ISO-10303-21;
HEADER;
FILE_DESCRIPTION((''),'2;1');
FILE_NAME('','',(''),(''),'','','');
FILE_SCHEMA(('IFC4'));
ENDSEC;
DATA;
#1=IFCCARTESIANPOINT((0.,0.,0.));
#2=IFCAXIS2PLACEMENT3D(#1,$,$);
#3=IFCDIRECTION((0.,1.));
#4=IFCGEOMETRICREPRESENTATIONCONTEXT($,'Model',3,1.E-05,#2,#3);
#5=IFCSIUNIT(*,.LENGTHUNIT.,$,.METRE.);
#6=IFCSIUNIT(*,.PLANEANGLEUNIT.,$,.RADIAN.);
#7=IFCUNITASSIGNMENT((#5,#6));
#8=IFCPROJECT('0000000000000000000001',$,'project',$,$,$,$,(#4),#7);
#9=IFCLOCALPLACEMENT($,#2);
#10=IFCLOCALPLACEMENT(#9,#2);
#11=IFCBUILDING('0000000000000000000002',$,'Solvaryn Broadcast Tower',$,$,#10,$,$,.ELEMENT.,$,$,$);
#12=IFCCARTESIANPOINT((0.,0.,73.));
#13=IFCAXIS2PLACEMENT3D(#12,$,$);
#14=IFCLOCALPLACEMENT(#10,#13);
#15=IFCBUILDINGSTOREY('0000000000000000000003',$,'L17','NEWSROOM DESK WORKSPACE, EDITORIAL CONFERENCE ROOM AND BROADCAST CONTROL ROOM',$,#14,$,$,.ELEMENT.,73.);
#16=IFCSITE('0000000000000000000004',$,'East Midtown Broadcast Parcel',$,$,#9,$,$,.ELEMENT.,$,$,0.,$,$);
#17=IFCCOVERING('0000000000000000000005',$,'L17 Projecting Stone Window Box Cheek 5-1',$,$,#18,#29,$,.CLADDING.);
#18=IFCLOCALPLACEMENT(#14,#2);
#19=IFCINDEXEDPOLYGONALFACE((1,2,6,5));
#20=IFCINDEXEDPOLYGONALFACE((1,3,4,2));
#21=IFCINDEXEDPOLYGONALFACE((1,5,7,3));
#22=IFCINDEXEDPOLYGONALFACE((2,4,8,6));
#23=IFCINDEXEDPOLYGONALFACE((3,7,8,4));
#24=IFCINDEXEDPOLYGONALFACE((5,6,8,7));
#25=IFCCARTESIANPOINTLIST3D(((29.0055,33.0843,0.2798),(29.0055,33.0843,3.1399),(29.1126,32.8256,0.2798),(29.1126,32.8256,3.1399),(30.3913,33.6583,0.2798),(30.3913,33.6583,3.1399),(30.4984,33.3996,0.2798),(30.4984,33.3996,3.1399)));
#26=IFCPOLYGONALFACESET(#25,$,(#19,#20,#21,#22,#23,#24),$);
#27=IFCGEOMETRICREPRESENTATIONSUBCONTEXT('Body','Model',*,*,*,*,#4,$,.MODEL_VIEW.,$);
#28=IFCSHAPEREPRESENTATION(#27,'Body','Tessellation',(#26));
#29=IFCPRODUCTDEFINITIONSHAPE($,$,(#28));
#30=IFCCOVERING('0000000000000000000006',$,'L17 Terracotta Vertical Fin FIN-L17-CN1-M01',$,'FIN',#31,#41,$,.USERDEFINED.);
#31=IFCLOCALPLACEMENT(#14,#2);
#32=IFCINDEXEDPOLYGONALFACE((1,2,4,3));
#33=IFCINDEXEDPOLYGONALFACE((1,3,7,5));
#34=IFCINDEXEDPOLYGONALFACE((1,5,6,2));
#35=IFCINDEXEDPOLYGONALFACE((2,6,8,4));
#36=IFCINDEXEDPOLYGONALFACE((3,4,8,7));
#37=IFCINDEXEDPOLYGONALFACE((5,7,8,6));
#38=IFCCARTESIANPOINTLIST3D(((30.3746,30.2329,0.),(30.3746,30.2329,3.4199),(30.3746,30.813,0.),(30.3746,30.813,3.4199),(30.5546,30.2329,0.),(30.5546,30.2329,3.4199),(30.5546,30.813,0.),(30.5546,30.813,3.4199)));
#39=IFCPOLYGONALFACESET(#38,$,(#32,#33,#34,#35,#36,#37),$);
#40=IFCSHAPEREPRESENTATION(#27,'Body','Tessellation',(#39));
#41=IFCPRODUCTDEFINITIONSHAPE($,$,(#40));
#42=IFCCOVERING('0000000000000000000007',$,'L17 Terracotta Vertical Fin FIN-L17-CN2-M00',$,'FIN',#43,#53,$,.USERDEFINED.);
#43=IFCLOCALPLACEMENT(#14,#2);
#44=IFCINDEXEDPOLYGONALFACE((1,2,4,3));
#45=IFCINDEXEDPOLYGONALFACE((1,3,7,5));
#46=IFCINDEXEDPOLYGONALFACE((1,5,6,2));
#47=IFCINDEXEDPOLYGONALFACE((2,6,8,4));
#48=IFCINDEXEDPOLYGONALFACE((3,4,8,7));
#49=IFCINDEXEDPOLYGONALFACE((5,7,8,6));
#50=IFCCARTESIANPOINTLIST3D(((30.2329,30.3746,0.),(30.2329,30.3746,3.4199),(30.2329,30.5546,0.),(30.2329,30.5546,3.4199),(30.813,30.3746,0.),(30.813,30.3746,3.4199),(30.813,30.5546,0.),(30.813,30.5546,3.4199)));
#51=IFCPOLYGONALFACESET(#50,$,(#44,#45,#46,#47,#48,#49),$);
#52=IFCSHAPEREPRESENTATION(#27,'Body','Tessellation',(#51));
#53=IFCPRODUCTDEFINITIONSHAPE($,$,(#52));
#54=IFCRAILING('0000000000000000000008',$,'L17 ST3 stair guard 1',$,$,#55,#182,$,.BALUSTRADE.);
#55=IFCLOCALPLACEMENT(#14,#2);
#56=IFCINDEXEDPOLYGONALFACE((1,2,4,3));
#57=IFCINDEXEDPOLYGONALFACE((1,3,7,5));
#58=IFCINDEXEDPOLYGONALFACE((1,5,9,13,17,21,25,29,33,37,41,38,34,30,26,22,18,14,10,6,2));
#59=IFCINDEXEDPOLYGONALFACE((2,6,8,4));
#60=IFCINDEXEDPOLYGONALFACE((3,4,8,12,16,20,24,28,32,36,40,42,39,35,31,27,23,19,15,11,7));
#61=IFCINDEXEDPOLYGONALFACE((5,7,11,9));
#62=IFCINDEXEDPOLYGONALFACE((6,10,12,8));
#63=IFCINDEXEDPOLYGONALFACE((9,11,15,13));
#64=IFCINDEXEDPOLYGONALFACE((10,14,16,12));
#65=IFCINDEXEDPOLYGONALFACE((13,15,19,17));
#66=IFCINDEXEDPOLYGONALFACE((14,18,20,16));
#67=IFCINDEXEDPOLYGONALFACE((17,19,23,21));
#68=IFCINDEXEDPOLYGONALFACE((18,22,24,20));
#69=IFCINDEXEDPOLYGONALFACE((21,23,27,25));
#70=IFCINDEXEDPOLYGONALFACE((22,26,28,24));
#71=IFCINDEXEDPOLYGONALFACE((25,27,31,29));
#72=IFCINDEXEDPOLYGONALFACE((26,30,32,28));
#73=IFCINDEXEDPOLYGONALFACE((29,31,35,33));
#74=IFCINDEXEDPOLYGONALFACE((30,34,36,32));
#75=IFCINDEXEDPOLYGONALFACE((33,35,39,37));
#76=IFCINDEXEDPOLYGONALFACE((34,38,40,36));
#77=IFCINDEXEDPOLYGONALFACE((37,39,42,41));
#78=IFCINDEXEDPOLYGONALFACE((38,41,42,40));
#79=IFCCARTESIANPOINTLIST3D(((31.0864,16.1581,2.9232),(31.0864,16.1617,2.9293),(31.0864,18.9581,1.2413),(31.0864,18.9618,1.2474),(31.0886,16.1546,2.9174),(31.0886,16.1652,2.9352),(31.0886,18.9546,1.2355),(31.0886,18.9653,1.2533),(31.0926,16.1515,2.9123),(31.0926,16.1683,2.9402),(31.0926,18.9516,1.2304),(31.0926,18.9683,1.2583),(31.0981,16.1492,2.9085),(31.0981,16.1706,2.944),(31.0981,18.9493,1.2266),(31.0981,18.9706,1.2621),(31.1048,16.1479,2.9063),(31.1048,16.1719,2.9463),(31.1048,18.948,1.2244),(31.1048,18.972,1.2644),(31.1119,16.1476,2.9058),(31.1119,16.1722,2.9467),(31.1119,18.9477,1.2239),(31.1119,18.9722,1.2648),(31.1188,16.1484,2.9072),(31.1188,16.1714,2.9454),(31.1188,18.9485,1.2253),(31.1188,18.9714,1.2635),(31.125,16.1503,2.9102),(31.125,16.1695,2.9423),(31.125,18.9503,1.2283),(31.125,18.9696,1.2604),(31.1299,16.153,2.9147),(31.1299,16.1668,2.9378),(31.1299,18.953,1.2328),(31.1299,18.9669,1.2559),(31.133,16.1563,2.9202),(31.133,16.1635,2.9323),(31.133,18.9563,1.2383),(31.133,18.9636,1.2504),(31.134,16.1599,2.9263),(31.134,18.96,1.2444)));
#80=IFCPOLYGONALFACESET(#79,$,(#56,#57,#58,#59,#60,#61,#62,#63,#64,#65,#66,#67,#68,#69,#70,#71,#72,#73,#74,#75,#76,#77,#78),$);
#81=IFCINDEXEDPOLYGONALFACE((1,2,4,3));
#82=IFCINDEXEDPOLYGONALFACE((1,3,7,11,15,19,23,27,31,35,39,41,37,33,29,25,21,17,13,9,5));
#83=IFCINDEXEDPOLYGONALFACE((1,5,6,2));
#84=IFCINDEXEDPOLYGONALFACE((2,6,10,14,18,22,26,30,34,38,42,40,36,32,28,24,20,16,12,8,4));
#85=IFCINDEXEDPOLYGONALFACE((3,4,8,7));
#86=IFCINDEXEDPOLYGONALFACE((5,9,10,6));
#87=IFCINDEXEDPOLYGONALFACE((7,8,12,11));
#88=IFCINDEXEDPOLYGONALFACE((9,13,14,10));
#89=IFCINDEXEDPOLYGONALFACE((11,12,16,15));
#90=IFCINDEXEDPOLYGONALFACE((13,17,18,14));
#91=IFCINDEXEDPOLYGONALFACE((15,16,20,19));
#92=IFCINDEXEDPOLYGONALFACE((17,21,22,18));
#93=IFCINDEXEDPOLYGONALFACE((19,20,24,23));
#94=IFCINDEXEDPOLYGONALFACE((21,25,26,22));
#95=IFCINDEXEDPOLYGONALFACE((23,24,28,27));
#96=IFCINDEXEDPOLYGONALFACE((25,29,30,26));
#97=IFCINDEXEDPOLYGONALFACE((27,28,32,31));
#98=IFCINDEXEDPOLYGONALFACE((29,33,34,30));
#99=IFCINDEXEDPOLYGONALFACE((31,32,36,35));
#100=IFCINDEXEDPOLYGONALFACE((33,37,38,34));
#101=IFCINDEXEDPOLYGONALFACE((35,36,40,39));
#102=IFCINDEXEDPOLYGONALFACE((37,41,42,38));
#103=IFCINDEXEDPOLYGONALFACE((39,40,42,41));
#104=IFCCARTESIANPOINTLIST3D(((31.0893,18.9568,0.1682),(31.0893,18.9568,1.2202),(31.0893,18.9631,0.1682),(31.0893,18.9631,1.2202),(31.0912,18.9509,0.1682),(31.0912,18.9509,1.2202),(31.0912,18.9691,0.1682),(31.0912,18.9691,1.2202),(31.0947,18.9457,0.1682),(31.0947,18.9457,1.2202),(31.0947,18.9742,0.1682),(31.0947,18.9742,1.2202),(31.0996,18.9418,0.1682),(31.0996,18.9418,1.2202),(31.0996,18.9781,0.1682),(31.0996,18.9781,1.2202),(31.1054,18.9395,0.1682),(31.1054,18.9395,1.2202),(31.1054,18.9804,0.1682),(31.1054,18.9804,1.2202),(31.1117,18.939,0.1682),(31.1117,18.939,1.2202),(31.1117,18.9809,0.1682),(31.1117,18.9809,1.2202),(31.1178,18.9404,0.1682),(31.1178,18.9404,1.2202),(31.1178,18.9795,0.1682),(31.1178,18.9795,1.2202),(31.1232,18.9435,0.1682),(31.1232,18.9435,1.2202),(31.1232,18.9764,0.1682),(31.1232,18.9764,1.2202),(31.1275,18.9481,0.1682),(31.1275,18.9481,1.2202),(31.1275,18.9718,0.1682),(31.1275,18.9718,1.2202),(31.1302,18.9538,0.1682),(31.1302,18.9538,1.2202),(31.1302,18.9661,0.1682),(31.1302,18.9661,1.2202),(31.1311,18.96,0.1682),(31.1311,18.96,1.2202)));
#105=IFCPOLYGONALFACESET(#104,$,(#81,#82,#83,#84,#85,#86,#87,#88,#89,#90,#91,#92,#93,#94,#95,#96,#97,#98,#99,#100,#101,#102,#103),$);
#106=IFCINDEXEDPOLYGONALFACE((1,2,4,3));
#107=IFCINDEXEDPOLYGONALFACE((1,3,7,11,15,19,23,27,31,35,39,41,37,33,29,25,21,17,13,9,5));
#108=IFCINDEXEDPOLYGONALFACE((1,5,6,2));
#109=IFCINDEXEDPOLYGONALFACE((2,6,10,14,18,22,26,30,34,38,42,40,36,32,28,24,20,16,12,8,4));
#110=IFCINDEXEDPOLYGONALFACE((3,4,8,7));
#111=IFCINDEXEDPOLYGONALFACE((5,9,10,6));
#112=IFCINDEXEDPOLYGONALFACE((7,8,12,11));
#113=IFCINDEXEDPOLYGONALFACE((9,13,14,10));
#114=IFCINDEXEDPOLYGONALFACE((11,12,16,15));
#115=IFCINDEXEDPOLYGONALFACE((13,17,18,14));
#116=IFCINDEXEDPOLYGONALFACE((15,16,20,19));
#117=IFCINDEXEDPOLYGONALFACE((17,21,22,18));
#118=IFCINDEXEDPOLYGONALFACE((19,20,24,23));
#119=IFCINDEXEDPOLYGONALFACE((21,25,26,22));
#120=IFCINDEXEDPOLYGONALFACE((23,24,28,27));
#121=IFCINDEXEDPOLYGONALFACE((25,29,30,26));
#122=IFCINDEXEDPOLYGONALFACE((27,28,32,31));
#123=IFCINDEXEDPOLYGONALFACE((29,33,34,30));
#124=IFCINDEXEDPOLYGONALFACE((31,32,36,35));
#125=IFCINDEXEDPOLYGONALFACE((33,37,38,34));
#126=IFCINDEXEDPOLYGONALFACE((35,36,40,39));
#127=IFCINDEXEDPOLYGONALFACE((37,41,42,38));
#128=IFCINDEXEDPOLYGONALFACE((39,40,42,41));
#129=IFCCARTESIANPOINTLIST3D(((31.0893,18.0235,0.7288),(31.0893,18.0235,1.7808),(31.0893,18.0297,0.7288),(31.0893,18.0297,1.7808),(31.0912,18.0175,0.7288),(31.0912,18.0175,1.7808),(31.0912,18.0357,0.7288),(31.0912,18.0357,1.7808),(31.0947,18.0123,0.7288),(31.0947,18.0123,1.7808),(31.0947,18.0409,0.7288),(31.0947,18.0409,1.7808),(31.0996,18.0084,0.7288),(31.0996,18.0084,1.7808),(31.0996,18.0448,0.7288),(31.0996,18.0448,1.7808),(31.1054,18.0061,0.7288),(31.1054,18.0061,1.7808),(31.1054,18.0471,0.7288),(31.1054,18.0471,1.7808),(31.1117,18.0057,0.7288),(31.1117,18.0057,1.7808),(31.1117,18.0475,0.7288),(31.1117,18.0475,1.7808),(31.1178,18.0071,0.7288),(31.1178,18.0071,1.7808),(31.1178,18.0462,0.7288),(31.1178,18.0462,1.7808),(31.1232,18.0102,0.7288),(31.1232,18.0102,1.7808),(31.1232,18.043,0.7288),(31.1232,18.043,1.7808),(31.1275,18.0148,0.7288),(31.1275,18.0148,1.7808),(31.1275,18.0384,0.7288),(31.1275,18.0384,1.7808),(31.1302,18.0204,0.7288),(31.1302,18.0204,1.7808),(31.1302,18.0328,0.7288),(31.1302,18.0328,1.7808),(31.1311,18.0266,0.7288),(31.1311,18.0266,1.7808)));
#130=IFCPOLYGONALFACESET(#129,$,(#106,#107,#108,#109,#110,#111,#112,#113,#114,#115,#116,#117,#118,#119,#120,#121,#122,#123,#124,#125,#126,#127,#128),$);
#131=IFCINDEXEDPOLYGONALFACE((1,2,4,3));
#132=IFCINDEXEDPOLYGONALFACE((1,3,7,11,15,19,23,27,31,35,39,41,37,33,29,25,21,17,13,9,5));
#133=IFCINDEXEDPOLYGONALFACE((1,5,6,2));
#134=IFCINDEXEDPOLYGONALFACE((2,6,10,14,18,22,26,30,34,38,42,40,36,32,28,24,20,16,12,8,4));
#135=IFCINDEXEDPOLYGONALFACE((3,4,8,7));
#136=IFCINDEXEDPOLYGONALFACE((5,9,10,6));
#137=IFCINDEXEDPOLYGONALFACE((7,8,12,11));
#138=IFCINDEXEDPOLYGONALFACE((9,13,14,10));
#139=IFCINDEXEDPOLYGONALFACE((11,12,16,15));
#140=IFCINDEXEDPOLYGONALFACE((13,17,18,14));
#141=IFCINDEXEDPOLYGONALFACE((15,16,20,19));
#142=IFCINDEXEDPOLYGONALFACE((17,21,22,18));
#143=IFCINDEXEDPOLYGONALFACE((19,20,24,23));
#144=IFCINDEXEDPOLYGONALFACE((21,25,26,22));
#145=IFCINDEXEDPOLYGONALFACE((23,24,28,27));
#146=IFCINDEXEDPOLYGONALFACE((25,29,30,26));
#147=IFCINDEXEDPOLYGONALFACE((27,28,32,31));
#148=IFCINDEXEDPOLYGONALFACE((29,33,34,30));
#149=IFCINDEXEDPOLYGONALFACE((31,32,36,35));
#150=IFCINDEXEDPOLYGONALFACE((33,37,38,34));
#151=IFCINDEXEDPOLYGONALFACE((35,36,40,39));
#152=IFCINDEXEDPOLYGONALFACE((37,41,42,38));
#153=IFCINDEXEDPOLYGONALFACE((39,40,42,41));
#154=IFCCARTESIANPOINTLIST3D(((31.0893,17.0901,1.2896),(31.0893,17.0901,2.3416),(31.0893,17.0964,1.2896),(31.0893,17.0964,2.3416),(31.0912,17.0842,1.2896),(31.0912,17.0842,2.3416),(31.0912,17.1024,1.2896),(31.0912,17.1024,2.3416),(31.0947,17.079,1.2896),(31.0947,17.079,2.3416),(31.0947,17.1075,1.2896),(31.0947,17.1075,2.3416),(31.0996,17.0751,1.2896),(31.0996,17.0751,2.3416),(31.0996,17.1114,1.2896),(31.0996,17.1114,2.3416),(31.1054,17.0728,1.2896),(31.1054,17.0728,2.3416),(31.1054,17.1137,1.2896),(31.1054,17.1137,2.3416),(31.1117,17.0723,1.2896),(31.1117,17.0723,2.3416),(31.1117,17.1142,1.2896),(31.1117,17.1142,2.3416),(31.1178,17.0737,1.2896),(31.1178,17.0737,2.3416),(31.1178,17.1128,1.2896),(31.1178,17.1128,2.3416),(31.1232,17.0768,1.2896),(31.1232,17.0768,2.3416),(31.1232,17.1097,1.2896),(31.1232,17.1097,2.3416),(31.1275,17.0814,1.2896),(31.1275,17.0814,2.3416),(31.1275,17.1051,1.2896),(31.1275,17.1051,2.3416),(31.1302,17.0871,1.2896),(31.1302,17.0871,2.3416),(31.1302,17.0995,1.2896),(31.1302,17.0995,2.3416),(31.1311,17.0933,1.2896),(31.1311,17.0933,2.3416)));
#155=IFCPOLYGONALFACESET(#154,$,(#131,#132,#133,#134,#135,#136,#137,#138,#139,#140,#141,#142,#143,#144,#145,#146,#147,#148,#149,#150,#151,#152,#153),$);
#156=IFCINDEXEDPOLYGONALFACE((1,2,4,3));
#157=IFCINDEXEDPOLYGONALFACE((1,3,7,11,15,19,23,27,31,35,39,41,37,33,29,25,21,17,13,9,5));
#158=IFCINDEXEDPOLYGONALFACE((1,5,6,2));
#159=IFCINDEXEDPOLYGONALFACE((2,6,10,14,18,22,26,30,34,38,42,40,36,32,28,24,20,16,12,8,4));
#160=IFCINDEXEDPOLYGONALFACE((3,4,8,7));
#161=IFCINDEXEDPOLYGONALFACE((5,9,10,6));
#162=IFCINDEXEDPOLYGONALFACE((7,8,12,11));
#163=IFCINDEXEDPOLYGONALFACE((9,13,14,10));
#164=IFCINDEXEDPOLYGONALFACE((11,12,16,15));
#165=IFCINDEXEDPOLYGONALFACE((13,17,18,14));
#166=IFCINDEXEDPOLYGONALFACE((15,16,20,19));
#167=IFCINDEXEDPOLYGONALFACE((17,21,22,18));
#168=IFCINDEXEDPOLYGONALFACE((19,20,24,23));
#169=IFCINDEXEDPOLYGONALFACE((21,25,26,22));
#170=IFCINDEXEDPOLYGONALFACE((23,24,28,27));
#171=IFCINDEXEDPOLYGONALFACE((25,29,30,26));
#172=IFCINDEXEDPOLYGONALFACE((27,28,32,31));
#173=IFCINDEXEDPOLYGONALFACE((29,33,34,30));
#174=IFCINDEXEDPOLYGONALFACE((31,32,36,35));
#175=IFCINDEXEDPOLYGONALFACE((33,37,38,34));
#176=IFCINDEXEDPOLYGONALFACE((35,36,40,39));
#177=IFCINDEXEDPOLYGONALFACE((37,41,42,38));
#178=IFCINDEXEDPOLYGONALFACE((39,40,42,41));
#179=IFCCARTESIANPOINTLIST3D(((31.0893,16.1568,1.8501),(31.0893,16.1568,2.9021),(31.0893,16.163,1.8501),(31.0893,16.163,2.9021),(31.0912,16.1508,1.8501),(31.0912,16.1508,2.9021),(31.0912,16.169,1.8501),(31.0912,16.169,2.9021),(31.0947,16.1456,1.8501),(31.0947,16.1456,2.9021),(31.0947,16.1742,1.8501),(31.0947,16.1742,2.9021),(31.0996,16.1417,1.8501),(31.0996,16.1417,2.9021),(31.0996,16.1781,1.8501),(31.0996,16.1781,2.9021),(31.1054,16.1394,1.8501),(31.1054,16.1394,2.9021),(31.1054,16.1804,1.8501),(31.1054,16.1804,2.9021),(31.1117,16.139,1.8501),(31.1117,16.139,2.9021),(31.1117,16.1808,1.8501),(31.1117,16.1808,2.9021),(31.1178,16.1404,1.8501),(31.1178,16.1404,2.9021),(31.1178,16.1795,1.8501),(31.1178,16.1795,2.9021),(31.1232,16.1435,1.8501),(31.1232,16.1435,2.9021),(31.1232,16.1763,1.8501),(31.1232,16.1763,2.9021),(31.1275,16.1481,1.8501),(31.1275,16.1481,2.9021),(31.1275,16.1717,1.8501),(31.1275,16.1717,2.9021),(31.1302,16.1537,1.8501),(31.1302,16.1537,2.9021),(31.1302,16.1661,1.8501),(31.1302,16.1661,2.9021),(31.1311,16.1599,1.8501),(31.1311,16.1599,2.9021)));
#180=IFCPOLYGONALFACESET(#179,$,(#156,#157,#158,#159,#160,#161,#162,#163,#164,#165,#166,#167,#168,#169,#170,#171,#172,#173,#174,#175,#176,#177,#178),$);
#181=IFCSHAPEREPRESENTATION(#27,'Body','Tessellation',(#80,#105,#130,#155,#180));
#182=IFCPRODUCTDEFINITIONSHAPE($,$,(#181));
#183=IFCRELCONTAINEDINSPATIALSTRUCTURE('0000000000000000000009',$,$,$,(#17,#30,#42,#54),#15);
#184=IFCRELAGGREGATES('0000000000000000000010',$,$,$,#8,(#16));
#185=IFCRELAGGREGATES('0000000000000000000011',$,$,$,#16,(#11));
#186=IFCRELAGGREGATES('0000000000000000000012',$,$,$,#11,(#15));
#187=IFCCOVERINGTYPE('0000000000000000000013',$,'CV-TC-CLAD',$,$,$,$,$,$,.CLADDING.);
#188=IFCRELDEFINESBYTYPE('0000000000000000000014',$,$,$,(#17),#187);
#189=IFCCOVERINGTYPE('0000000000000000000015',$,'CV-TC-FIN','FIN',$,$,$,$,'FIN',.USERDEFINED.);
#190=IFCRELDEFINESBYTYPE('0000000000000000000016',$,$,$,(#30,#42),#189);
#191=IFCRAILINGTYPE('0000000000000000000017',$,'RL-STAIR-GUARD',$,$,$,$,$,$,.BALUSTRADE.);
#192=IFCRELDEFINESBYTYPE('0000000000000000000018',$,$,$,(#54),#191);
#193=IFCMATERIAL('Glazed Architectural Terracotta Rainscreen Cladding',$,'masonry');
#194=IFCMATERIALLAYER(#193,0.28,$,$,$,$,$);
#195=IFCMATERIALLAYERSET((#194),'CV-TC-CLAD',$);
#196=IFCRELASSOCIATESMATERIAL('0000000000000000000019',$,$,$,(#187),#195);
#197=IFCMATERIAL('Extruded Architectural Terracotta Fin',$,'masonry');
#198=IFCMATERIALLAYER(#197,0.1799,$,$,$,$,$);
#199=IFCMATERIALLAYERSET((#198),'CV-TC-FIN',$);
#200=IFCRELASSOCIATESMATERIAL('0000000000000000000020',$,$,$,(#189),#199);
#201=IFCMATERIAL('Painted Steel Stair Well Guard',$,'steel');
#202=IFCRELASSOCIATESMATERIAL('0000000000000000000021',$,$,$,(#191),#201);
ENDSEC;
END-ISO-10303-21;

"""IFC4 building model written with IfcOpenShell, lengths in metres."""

from ifc_helpers import new_model, si_unit, direction, frame, origin, origin_2d, place, context, subcontext, project, spatial, rectangle, circle, extrude, material, layer, layer_set, type_object, element, save


model = new_model("IFC4")

# Units and contexts
model_context = context("Model", 3, precision=1e-05, world=origin(), true_north=direction((0.0, 1.0)))
body_context = subcontext(model_context, "Body", "Model", "MODEL_VIEW")
ifc_project = project(units=[si_unit("LENGTHUNIT", "METRE"), si_unit("PLANEANGLEUNIT", "RADIAN")], contexts=[model_context])

# Site, building, storey
site_placement = place(None, origin())
site = spatial("IfcSite", under=ifc_project, at=site_placement, Name="East Midtown Broadcast Parcel", CompositionType="ELEMENT", RefElevation=0.0)
building_placement = place(site_placement, origin())
building = spatial("IfcBuilding", under=site, at=building_placement, Name="Solvaryn Broadcast Tower", CompositionType="ELEMENT")
storey_placement = place(building_placement, frame((0.0, 0.0, 73.0)))
storey = spatial("IfcBuildingStorey", under=building, at=storey_placement, Name="L17", Description="NEWSROOM DESK WORKSPACE, EDITORIAL CONFERENCE ROOM AND BROADCAST CONTROL ROOM", CompositionType="ELEMENT", Elevation=73.0)

# Coverings
ifc_material_1 = material(Name="Glazed Architectural Terracotta Rainscreen Cladding", Category="masonry")
ifc_layer_1 = layer(ifc_material_1, 0.28)
ifc_layer_set_1 = layer_set([ifc_layer_1], Name="CV-TC-CLAD")
covering_type_1 = type_object("IfcCoveringType", Name="CV-TC-CLAD", PredefinedType="CLADDING", material=ifc_layer_set_1)
covering_1_placement = place(storey_placement, frame((29.752, 33.2419, 0.2798), z_axis=(0.0, 0.0, 1.0), x_axis=(-0.382683, 0.92388, 0.0)))
element("IfcCovering", 1, at=covering_1_placement, inside=storey, type_object=covering_type_1, Name="L17 Projecting Stone Window Box Cheek 5-1", PredefinedType="CLADDING", context=body_context, shape_type="SweptSolid", body=[
    extrude(rectangle(XDim=0.28, YDim=1.5, at=origin_2d()), origin(), (0.0, 0.0, 1.0), 2.8601),
])
ifc_material_2 = material(Name="Extruded Architectural Terracotta Fin", Category="masonry")
ifc_layer_2 = layer(ifc_material_2, 0.1799)
ifc_layer_set_2 = layer_set([ifc_layer_2], Name="CV-TC-FIN")
covering_type_2 = type_object("IfcCoveringType", Name="CV-TC-FIN", Description="FIN", ElementType="FIN", PredefinedType="USERDEFINED", material=ifc_layer_set_2)
covering_2_placement = place(storey_placement, frame((30.4646, 30.5229, 0.0), z_axis=(0.0, 0.0, 1.0), x_axis=(1.0, 0.0, 0.0)))
element("IfcCovering", 2, at=covering_2_placement, inside=storey, type_object=covering_type_2, Name="L17 Terracotta Vertical Fin FIN-L17-CN1-M01", ObjectType="FIN", PredefinedType="USERDEFINED", context=body_context, shape_type="SweptSolid", body=[
    extrude(rectangle(XDim=0.1799, YDim=0.5801, at=origin_2d()), origin(), (0.0, 0.0, 1.0), 3.4199),
])
covering_3_placement = place(storey_placement, frame((30.5229, 30.4646, 0.0), z_axis=(0.0, 0.0, 1.0), x_axis=(1.0, 0.0, 0.0)))
element("IfcCovering", 3, at=covering_3_placement, inside=storey, type_object=covering_type_2, Name="L17 Terracotta Vertical Fin FIN-L17-CN2-M00", ObjectType="FIN", PredefinedType="USERDEFINED", context=body_context, shape_type="SweptSolid", body=[
    extrude(rectangle(XDim=0.5801, YDim=0.1799, at=origin_2d()), origin(), (0.0, 0.0, 1.0), 3.4199),
])

# Railing
ifc_material_3 = material(Name="Painted Steel Stair Well Guard", Category="steel")
railing_type_1 = type_object("IfcRailingType", Name="RL-STAIR-GUARD", PredefinedType="BALUSTRADE", material=ifc_material_3)
railing_1_placement = place(storey_placement, frame((31.1101, 18.96, 0.1682)))
element("IfcRailing", 4, at=railing_1_placement, inside=storey, type_object=railing_type_1, Name="L17 ST3 stair guard 1", PredefinedType="BALUSTRADE", context=body_context, shape_type="SweptSolid", body=[
    extrude(circle(Radius=0.0239, at=origin_2d()), frame((0.0, 0.0, 1.0762), z_axis=(0.0, -0.857242, 0.514913), x_axis=(1.0, 0.0, 0.0)), (0.0, 0.0, 1.0), 3.2664),
    extrude(circle(Radius=0.021, at=origin_2d()), origin(), (0.0, 0.0, 1.0), 1.052),
    extrude(circle(Radius=0.021, at=origin_2d()), frame((0.0, -0.9333, 0.5605)), (0.0, 0.0, 1.0), 1.052),
    extrude(circle(Radius=0.021, at=origin_2d()), frame((0.0, -1.8667, 1.1213)), (0.0, 0.0, 1.0), 1.052),
    extrude(circle(Radius=0.021, at=origin_2d()), frame((0.0, -2.8, 1.6819)), (0.0, 0.0, 1.0), 1.052),
])

save(model, "model.ifc")
